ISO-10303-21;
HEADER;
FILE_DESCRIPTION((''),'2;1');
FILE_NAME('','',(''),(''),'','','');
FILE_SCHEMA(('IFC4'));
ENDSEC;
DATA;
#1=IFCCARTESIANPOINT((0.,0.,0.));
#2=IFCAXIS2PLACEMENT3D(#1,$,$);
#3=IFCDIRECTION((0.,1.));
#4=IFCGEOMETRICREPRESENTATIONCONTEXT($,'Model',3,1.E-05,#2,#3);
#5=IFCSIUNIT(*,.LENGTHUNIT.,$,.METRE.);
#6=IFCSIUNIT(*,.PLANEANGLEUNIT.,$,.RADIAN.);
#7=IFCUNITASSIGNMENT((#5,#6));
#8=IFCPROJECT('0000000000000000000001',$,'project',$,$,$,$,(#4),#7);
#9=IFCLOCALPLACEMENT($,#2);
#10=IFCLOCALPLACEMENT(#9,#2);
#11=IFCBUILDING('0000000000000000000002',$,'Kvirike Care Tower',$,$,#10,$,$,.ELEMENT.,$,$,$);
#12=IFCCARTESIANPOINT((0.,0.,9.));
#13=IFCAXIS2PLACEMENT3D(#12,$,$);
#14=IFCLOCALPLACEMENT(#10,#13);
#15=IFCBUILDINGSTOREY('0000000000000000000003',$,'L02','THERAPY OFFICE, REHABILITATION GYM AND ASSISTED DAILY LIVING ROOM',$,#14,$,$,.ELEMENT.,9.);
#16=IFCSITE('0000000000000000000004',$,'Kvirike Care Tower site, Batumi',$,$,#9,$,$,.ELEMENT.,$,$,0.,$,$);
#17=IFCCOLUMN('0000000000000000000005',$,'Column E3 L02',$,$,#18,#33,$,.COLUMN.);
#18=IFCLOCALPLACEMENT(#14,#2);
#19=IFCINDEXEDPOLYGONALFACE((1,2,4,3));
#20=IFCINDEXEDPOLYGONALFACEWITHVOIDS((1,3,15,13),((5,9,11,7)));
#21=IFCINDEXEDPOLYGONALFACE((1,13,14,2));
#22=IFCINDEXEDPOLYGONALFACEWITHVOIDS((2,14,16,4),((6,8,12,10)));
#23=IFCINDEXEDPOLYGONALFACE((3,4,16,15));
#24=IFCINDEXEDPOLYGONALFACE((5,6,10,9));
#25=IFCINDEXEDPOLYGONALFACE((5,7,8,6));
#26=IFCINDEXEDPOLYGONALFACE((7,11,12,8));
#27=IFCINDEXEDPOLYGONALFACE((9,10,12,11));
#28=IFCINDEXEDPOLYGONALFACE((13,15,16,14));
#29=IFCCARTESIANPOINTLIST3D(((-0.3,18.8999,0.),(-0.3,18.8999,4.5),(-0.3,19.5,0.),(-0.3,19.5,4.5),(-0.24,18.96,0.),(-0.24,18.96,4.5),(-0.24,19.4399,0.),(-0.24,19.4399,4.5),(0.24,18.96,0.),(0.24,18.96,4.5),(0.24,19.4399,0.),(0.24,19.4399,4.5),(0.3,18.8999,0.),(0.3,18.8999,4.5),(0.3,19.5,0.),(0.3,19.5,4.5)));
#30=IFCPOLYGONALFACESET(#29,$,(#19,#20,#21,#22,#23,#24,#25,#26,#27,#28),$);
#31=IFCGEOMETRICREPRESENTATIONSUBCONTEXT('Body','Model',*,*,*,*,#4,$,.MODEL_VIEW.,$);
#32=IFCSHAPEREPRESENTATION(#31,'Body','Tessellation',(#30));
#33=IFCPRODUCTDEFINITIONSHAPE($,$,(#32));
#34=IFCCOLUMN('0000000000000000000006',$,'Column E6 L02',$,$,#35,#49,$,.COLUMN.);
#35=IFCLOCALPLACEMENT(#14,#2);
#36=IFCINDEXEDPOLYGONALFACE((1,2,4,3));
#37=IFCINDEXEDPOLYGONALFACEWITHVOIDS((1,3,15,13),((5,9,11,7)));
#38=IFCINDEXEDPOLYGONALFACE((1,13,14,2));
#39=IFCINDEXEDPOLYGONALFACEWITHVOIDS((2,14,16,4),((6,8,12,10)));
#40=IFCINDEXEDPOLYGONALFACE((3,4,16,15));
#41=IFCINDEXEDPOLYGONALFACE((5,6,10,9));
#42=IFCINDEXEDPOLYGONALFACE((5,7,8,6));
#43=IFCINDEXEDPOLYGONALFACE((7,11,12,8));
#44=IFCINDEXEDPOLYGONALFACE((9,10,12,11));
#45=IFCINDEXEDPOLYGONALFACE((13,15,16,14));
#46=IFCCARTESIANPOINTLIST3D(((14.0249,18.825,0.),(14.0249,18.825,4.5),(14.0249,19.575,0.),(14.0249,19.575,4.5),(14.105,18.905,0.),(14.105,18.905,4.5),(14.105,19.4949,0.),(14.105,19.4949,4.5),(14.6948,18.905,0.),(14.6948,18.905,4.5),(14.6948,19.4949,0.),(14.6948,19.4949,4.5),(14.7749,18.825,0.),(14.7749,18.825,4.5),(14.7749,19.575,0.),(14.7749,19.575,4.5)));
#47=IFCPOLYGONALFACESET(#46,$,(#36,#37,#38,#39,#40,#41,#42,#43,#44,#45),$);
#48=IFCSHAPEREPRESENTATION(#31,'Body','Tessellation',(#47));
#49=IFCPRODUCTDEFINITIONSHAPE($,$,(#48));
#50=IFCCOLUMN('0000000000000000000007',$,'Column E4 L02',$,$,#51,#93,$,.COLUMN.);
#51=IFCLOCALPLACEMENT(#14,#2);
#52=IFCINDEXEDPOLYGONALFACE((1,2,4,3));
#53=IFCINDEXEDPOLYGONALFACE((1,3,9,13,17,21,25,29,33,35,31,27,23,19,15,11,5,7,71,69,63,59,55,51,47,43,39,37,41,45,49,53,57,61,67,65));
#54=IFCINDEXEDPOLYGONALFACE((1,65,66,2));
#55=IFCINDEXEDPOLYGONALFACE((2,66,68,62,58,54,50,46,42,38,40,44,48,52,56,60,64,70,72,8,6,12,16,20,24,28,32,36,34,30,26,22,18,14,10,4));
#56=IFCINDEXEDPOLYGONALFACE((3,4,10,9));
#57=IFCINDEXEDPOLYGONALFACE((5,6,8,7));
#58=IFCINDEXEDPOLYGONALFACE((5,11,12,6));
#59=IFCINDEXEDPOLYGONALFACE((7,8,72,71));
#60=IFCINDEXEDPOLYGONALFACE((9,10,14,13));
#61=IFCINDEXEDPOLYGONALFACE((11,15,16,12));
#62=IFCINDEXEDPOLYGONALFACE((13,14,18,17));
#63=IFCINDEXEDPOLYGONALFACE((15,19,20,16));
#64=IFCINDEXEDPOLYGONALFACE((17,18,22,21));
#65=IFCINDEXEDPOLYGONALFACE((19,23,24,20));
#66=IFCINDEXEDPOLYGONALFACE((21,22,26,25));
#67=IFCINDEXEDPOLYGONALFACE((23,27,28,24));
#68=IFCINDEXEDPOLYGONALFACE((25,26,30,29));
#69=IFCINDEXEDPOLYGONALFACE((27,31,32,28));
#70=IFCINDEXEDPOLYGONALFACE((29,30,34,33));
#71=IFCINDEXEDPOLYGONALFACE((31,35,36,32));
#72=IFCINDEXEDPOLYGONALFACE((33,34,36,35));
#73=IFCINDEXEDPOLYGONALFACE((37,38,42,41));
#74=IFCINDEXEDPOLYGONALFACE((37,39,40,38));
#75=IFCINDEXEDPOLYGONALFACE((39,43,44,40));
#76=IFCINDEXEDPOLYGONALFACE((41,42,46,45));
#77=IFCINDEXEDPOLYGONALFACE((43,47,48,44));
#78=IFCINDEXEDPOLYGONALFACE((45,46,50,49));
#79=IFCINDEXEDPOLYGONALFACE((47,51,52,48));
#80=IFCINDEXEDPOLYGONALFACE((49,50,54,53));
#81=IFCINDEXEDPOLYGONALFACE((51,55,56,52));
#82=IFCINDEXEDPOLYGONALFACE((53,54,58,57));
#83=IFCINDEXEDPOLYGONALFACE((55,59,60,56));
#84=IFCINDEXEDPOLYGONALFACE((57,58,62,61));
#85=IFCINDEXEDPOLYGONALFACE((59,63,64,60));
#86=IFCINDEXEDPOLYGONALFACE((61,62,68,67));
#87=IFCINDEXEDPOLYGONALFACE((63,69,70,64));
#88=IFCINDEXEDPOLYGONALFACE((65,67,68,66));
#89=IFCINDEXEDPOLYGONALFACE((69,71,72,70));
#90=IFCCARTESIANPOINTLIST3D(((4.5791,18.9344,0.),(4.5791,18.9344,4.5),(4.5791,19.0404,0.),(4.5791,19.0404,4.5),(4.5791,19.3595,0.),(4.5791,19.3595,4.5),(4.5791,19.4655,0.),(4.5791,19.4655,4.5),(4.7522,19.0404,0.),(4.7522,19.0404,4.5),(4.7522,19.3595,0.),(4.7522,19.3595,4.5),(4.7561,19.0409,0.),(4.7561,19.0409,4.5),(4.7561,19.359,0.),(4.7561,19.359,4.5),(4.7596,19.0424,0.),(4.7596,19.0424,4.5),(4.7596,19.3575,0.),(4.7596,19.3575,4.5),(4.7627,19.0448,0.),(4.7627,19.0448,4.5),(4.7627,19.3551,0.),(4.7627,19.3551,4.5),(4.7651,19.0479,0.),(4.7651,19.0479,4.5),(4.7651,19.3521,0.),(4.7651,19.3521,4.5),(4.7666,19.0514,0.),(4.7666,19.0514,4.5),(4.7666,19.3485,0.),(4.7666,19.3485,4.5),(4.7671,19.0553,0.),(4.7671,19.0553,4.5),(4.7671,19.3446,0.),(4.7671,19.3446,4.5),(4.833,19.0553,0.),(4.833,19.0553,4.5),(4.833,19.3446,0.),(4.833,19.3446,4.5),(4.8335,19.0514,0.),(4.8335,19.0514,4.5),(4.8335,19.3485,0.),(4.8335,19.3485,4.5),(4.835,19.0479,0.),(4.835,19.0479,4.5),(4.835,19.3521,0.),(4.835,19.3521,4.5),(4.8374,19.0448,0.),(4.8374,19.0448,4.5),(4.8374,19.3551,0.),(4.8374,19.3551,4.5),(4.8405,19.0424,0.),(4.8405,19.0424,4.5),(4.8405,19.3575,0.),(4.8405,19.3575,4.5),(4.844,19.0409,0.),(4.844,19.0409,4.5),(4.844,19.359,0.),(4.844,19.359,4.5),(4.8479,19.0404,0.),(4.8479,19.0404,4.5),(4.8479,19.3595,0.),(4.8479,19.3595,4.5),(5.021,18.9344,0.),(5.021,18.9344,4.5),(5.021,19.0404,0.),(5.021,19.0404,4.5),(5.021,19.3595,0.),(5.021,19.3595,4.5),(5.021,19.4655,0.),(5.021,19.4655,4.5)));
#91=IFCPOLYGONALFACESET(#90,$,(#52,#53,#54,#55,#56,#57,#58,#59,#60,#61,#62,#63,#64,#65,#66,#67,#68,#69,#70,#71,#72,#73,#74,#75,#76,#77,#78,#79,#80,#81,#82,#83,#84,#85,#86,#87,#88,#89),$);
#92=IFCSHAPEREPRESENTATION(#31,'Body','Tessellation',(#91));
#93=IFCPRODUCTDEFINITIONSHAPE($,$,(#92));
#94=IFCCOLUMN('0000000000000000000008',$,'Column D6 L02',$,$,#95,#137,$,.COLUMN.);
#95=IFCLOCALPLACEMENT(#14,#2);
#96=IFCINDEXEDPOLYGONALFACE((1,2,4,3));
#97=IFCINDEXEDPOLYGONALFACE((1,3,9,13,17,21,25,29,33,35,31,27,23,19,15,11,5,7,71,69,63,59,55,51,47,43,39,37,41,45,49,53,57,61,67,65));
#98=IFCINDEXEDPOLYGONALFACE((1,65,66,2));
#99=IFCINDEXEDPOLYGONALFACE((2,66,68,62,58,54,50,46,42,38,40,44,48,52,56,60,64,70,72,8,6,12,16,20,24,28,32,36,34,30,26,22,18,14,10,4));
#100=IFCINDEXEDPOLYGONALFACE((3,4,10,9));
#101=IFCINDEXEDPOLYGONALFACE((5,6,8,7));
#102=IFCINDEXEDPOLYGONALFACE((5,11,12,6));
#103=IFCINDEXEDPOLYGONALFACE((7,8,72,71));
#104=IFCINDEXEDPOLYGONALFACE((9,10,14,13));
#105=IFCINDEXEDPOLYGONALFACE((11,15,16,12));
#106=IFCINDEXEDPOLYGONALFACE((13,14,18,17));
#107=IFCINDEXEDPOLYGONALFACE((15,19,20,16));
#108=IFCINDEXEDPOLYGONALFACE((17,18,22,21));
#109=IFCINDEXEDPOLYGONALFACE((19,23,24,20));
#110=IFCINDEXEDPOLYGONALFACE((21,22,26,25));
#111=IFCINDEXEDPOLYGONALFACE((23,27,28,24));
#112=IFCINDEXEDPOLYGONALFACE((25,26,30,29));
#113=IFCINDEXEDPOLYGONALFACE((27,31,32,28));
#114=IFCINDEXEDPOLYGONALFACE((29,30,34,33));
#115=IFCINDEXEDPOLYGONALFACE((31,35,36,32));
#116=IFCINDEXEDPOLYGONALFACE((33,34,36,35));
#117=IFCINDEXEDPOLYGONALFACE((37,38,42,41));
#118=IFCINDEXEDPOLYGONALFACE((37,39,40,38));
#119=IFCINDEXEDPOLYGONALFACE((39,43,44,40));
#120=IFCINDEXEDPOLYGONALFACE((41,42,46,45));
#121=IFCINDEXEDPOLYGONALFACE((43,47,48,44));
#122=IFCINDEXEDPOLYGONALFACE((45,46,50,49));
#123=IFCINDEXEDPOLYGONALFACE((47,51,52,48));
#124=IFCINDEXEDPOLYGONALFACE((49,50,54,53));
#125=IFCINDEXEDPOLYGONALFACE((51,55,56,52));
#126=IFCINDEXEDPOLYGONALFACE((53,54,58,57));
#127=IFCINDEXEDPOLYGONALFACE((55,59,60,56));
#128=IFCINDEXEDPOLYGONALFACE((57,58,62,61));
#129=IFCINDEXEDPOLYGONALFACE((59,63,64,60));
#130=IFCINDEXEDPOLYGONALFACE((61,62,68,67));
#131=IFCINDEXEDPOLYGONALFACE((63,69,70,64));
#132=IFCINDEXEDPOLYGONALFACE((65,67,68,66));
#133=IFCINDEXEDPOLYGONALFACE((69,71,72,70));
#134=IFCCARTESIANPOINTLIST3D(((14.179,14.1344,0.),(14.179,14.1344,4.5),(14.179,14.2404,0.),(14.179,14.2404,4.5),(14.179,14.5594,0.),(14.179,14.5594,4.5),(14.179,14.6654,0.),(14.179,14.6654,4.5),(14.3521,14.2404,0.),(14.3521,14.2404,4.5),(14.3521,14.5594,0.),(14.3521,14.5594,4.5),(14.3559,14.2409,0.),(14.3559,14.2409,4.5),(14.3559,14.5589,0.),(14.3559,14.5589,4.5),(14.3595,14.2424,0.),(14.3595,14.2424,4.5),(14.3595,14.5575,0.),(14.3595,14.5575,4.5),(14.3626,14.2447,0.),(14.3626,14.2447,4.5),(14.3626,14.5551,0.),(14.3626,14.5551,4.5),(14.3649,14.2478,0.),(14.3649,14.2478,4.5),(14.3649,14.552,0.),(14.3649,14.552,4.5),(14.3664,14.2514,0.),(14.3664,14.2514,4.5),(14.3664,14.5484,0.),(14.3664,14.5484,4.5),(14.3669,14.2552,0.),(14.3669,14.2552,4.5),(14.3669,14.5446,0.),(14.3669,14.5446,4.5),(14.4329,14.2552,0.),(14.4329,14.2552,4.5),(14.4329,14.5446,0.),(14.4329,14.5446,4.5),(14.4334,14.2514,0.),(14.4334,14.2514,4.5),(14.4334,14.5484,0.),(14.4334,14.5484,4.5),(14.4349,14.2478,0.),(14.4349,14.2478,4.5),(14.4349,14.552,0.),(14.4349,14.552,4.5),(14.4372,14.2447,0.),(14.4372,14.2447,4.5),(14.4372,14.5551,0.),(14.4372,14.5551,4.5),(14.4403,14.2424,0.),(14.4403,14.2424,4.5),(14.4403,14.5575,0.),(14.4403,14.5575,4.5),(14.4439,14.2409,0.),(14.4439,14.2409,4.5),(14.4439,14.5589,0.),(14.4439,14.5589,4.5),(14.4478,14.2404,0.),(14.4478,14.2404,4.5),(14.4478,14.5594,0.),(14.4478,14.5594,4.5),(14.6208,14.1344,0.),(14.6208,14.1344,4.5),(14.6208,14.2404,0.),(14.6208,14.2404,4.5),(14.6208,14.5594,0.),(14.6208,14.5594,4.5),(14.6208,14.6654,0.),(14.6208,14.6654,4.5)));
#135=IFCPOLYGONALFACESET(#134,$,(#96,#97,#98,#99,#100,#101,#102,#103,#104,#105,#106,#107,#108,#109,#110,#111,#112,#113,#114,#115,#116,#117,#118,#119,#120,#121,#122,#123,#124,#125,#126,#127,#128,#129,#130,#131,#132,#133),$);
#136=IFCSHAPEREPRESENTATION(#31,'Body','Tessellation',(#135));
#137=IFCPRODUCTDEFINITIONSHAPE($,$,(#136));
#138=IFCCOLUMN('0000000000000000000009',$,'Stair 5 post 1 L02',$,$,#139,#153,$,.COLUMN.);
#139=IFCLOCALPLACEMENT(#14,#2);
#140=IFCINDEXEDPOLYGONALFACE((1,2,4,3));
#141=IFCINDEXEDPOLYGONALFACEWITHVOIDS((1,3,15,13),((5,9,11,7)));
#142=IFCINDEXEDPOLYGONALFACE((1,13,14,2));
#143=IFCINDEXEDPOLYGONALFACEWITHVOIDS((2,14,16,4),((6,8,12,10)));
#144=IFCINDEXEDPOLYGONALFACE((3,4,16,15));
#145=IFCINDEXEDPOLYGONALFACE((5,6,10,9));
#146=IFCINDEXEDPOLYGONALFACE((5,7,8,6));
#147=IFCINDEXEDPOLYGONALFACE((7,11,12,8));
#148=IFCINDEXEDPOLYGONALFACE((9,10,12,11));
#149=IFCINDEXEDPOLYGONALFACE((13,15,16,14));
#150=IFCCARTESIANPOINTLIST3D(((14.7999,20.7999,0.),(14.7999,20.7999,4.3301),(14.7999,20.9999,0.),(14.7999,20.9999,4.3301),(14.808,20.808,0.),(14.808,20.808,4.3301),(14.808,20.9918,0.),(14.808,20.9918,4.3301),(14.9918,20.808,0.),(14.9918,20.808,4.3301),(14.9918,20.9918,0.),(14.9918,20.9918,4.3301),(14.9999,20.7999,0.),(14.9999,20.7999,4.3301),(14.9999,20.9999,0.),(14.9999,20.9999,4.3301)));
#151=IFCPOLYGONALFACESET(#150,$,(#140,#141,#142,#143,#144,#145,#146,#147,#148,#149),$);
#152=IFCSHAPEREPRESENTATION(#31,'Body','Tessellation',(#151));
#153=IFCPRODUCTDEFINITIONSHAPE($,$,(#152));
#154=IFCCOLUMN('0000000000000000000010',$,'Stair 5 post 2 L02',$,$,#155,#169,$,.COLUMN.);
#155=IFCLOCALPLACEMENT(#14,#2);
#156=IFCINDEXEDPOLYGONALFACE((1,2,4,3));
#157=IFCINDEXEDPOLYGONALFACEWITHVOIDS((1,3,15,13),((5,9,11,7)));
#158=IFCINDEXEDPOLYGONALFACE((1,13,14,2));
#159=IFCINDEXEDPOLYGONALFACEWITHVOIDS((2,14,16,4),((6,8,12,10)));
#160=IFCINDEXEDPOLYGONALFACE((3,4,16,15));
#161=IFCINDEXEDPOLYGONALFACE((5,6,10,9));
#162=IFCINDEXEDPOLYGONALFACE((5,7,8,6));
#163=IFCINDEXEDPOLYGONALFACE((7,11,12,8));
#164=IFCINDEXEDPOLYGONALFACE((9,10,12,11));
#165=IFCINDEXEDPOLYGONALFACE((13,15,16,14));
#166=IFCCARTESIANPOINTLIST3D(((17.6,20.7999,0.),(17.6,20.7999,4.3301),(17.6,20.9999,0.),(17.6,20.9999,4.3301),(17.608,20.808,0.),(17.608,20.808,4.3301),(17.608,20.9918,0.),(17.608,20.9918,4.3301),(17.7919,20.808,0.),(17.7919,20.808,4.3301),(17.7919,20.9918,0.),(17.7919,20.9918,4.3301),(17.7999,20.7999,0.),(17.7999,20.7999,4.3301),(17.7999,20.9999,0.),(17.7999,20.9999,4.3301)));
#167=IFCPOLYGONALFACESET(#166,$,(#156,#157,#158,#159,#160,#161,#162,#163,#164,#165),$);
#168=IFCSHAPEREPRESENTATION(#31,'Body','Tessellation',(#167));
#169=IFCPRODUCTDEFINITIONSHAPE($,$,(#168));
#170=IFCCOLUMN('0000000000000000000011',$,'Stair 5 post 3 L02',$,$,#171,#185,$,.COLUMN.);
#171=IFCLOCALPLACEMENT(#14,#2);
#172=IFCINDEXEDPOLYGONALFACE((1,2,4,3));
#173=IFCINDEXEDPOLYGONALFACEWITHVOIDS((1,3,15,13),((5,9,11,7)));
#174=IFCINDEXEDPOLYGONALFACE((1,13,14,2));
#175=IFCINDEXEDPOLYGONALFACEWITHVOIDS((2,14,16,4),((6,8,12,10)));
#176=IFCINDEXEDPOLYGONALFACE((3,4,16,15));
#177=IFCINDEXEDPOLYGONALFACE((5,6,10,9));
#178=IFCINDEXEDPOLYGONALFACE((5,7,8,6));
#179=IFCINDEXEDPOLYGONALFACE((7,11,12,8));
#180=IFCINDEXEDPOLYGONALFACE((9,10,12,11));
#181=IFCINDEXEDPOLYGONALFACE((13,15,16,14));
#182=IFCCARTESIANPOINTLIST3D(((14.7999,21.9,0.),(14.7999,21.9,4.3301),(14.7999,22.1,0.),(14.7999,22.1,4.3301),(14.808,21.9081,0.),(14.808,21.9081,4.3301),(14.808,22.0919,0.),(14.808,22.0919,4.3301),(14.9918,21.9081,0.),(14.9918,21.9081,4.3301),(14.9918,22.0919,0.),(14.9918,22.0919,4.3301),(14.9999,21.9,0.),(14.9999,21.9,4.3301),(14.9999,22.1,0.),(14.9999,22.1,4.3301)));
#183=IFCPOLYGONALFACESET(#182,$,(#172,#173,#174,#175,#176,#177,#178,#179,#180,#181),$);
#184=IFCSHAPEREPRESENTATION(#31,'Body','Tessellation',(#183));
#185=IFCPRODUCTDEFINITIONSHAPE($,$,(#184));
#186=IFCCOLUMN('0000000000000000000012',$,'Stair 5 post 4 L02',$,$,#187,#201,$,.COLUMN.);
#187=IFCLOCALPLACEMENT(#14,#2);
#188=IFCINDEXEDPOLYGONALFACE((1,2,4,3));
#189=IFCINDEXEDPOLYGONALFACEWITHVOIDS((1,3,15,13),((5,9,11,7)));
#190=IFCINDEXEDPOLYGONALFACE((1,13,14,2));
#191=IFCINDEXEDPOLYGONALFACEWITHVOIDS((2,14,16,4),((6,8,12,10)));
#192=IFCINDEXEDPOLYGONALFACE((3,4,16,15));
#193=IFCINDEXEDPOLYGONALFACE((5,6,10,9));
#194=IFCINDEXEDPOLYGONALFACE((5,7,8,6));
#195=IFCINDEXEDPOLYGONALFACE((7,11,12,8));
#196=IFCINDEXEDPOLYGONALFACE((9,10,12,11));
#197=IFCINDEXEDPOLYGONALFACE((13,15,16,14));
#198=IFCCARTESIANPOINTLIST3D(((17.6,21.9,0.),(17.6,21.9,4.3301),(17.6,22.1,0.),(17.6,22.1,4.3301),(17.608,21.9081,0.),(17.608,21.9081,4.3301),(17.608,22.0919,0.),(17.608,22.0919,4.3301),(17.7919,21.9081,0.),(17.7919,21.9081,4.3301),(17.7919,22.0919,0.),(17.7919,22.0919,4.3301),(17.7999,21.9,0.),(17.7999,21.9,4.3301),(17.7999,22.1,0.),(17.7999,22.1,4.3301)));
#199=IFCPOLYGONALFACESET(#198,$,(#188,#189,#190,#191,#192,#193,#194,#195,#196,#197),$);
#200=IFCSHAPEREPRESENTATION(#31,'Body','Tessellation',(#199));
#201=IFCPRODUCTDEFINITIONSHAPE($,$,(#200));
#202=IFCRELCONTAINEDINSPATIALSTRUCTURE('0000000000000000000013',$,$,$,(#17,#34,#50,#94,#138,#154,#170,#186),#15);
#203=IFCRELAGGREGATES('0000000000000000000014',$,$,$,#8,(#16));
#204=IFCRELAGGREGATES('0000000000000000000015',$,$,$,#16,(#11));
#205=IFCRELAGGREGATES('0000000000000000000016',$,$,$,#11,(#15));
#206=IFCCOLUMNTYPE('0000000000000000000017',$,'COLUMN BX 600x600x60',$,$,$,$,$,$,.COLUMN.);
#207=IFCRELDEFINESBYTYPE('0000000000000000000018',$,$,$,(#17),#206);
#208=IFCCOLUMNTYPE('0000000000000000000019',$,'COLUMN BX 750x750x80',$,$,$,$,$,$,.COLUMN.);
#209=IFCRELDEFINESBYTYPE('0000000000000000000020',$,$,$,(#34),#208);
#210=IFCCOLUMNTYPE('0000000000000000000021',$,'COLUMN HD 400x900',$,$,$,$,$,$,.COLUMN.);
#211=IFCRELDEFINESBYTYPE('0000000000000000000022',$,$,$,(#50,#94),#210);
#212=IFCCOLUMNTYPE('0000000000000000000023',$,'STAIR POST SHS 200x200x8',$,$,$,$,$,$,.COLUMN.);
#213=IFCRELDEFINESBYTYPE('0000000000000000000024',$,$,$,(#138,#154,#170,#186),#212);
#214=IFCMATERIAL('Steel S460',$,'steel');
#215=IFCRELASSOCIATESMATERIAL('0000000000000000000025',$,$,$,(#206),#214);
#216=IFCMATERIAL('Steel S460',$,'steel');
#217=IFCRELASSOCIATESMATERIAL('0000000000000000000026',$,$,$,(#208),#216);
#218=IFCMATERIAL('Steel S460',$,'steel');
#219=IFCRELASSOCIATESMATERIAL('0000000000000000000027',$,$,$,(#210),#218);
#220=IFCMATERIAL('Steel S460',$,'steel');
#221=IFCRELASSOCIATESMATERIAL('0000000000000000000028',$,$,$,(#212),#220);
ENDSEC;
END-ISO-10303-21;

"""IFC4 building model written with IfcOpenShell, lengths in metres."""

from ifc_helpers import new_model, si_unit, direction, frame, origin, origin_2d, place, context, subcontext, project, spatial, hollow_rectangle, i_section, extrude, material, material_profile, profile_set, type_object, element, save


model = new_model("IFC4")

# Units and contexts
model_context = context("Model", 3, precision=1e-05, world=origin(), true_north=direction((0.0, 1.0)))
body_context = subcontext(model_context, "Body", "Model", "MODEL_VIEW")
ifc_project = project(units=[si_unit("LENGTHUNIT", "METRE"), si_unit("PLANEANGLEUNIT", "RADIAN")], contexts=[model_context])

# Site, building, storey
site_placement = place(None, origin())
site = spatial("IfcSite", under=ifc_project, at=site_placement, Name="Kvirike Care Tower site, Batumi", CompositionType="ELEMENT", RefElevation=0.0)
building_placement = place(site_placement, origin())
building = spatial("IfcBuilding", under=site, at=building_placement, Name="Kvirike Care Tower", CompositionType="ELEMENT")
storey_placement = place(building_placement, frame((0.0, 0.0, 9.0)))
storey = spatial("IfcBuildingStorey", under=building, at=storey_placement, Name="L02", Description="THERAPY OFFICE, REHABILITATION GYM AND ASSISTED DAILY LIVING ROOM", CompositionType="ELEMENT", Elevation=9.0)

# Columns
ifc_material_1 = material(Name="Steel S460", Category="steel")
ifc_material_profile_1 = material_profile(ifc_material_1, hollow_rectangle(XDim=0.6001, YDim=0.6001, WallThickness=0.0601, at=origin_2d()), Name="BX 600x600x60")
ifc_profile_set_1 = profile_set([ifc_material_profile_1], Name="Steel S460")
column_type_1 = type_object("IfcColumnType", Name="COLUMN BX 600x600x60", PredefinedType="COLUMN", material=ifc_profile_set_1)
column_1_placement = place(storey_placement, frame((0.0, 19.2, 0.0), z_axis=(0.0, 0.0, 1.0), x_axis=(1.0, 0.0, 0.0)))
element("IfcColumn", 1, at=column_1_placement, inside=storey, type_object=column_type_1, Name="Column E3 L02", PredefinedType="COLUMN", context=body_context, shape_type="SweptSolid", body=[
    extrude(hollow_rectangle(XDim=0.6001, YDim=0.6001, WallThickness=0.0601, at=origin_2d()), origin(), (0.0, 0.0, 1.0), 4.5),
])
ifc_material_2 = material(Name="Steel S460", Category="steel")
ifc_material_profile_2 = material_profile(ifc_material_2, hollow_rectangle(XDim=0.75, YDim=0.75, WallThickness=0.0801, at=origin_2d()), Name="BX 750x750x80")
ifc_profile_set_2 = profile_set([ifc_material_profile_2], Name="Steel S460")
column_type_2 = type_object("IfcColumnType", Name="COLUMN BX 750x750x80", PredefinedType="COLUMN", material=ifc_profile_set_2)
column_2_placement = place(storey_placement, frame((14.3999, 19.2, 0.0), z_axis=(0.0, 0.0, 1.0), x_axis=(1.0, 0.0, 0.0)))
element("IfcColumn", 2, at=column_2_placement, inside=storey, type_object=column_type_2, Name="Column E6 L02", PredefinedType="COLUMN", context=body_context, shape_type="SweptSolid", body=[
    extrude(hollow_rectangle(XDim=0.75, YDim=0.75, WallThickness=0.0801, at=origin_2d()), origin(), (0.0, 0.0, 1.0), 4.5),
])
ifc_material_3 = material(Name="Steel S460", Category="steel")
ifc_material_profile_3 = material_profile(ifc_material_3, i_section(OverallWidth=0.4419, OverallDepth=0.531, WebThickness=0.0659, FlangeThickness=0.106, FilletRadius=0.0149, at=origin_2d()), Name="HD 400x900")
ifc_profile_set_3 = profile_set([ifc_material_profile_3], Name="Steel S460")
column_type_3 = type_object("IfcColumnType", Name="COLUMN HD 400x900", PredefinedType="COLUMN", material=ifc_profile_set_3)
for number, where, z_axis, x_axis, name in (
    (3, (4.8, 19.2, 0.0), (0.0, 0.0, 1.0), (1.0, 0.0, 0.0), "Column E4 L02"),
    (4, (14.3999, 14.3999, 0.0), (0.0, 0.0, 1.0), (1.0, 0.0, 0.0), "Column D6 L02"),
):
    element("IfcColumn", number, at=place(storey_placement, frame(where, z_axis=z_axis, x_axis=x_axis)), inside=storey, type_object=column_type_3, Name=name, PredefinedType="COLUMN", context=body_context, shape_type="SweptSolid", body=[
        extrude(i_section(OverallWidth=0.4419, OverallDepth=0.531, WebThickness=0.0659, FlangeThickness=0.106, FilletRadius=0.0149, at=origin_2d()), origin(), (0.0, 0.0, 1.0), 4.5),
    ])
ifc_material_4 = material(Name="Steel S460", Category="steel")
ifc_material_profile_4 = material_profile(ifc_material_4, hollow_rectangle(XDim=0.2, YDim=0.2, WallThickness=0.0081, at=origin_2d()), Name="SHS 200x200x8")
ifc_profile_set_4 = profile_set([ifc_material_profile_4], Name="Steel S460")
column_type_4 = type_object("IfcColumnType", Name="STAIR POST SHS 200x200x8", PredefinedType="COLUMN", material=ifc_profile_set_4)
for number, where, z_axis, x_axis, name in (
    (5, (14.8999, 20.8999, 0.0), (0.0, 0.0, 1.0), (1.0, 0.0, 0.0), "Stair 5 post 1 L02"),
    (6, (17.7, 20.8999, 0.0), (0.0, 0.0, 1.0), (1.0, 0.0, 0.0), "Stair 5 post 2 L02"),
    (7, (14.8999, 22.0, 0.0), (0.0, 0.0, 1.0), (1.0, 0.0, 0.0), "Stair 5 post 3 L02"),
    (8, (17.7, 22.0, 0.0), (0.0, 0.0, 1.0), (1.0, 0.0, 0.0), "Stair 5 post 4 L02"),
):
    element("IfcColumn", number, at=place(storey_placement, frame(where, z_axis=z_axis, x_axis=x_axis)), inside=storey, type_object=column_type_4, Name=name, PredefinedType="COLUMN", context=body_context, shape_type="SweptSolid", body=[
        extrude(hollow_rectangle(XDim=0.2, YDim=0.2, WallThickness=0.0081, at=origin_2d()), origin(), (0.0, 0.0, 1.0), 4.3301),
    ])

save(model, "model.ifc")
